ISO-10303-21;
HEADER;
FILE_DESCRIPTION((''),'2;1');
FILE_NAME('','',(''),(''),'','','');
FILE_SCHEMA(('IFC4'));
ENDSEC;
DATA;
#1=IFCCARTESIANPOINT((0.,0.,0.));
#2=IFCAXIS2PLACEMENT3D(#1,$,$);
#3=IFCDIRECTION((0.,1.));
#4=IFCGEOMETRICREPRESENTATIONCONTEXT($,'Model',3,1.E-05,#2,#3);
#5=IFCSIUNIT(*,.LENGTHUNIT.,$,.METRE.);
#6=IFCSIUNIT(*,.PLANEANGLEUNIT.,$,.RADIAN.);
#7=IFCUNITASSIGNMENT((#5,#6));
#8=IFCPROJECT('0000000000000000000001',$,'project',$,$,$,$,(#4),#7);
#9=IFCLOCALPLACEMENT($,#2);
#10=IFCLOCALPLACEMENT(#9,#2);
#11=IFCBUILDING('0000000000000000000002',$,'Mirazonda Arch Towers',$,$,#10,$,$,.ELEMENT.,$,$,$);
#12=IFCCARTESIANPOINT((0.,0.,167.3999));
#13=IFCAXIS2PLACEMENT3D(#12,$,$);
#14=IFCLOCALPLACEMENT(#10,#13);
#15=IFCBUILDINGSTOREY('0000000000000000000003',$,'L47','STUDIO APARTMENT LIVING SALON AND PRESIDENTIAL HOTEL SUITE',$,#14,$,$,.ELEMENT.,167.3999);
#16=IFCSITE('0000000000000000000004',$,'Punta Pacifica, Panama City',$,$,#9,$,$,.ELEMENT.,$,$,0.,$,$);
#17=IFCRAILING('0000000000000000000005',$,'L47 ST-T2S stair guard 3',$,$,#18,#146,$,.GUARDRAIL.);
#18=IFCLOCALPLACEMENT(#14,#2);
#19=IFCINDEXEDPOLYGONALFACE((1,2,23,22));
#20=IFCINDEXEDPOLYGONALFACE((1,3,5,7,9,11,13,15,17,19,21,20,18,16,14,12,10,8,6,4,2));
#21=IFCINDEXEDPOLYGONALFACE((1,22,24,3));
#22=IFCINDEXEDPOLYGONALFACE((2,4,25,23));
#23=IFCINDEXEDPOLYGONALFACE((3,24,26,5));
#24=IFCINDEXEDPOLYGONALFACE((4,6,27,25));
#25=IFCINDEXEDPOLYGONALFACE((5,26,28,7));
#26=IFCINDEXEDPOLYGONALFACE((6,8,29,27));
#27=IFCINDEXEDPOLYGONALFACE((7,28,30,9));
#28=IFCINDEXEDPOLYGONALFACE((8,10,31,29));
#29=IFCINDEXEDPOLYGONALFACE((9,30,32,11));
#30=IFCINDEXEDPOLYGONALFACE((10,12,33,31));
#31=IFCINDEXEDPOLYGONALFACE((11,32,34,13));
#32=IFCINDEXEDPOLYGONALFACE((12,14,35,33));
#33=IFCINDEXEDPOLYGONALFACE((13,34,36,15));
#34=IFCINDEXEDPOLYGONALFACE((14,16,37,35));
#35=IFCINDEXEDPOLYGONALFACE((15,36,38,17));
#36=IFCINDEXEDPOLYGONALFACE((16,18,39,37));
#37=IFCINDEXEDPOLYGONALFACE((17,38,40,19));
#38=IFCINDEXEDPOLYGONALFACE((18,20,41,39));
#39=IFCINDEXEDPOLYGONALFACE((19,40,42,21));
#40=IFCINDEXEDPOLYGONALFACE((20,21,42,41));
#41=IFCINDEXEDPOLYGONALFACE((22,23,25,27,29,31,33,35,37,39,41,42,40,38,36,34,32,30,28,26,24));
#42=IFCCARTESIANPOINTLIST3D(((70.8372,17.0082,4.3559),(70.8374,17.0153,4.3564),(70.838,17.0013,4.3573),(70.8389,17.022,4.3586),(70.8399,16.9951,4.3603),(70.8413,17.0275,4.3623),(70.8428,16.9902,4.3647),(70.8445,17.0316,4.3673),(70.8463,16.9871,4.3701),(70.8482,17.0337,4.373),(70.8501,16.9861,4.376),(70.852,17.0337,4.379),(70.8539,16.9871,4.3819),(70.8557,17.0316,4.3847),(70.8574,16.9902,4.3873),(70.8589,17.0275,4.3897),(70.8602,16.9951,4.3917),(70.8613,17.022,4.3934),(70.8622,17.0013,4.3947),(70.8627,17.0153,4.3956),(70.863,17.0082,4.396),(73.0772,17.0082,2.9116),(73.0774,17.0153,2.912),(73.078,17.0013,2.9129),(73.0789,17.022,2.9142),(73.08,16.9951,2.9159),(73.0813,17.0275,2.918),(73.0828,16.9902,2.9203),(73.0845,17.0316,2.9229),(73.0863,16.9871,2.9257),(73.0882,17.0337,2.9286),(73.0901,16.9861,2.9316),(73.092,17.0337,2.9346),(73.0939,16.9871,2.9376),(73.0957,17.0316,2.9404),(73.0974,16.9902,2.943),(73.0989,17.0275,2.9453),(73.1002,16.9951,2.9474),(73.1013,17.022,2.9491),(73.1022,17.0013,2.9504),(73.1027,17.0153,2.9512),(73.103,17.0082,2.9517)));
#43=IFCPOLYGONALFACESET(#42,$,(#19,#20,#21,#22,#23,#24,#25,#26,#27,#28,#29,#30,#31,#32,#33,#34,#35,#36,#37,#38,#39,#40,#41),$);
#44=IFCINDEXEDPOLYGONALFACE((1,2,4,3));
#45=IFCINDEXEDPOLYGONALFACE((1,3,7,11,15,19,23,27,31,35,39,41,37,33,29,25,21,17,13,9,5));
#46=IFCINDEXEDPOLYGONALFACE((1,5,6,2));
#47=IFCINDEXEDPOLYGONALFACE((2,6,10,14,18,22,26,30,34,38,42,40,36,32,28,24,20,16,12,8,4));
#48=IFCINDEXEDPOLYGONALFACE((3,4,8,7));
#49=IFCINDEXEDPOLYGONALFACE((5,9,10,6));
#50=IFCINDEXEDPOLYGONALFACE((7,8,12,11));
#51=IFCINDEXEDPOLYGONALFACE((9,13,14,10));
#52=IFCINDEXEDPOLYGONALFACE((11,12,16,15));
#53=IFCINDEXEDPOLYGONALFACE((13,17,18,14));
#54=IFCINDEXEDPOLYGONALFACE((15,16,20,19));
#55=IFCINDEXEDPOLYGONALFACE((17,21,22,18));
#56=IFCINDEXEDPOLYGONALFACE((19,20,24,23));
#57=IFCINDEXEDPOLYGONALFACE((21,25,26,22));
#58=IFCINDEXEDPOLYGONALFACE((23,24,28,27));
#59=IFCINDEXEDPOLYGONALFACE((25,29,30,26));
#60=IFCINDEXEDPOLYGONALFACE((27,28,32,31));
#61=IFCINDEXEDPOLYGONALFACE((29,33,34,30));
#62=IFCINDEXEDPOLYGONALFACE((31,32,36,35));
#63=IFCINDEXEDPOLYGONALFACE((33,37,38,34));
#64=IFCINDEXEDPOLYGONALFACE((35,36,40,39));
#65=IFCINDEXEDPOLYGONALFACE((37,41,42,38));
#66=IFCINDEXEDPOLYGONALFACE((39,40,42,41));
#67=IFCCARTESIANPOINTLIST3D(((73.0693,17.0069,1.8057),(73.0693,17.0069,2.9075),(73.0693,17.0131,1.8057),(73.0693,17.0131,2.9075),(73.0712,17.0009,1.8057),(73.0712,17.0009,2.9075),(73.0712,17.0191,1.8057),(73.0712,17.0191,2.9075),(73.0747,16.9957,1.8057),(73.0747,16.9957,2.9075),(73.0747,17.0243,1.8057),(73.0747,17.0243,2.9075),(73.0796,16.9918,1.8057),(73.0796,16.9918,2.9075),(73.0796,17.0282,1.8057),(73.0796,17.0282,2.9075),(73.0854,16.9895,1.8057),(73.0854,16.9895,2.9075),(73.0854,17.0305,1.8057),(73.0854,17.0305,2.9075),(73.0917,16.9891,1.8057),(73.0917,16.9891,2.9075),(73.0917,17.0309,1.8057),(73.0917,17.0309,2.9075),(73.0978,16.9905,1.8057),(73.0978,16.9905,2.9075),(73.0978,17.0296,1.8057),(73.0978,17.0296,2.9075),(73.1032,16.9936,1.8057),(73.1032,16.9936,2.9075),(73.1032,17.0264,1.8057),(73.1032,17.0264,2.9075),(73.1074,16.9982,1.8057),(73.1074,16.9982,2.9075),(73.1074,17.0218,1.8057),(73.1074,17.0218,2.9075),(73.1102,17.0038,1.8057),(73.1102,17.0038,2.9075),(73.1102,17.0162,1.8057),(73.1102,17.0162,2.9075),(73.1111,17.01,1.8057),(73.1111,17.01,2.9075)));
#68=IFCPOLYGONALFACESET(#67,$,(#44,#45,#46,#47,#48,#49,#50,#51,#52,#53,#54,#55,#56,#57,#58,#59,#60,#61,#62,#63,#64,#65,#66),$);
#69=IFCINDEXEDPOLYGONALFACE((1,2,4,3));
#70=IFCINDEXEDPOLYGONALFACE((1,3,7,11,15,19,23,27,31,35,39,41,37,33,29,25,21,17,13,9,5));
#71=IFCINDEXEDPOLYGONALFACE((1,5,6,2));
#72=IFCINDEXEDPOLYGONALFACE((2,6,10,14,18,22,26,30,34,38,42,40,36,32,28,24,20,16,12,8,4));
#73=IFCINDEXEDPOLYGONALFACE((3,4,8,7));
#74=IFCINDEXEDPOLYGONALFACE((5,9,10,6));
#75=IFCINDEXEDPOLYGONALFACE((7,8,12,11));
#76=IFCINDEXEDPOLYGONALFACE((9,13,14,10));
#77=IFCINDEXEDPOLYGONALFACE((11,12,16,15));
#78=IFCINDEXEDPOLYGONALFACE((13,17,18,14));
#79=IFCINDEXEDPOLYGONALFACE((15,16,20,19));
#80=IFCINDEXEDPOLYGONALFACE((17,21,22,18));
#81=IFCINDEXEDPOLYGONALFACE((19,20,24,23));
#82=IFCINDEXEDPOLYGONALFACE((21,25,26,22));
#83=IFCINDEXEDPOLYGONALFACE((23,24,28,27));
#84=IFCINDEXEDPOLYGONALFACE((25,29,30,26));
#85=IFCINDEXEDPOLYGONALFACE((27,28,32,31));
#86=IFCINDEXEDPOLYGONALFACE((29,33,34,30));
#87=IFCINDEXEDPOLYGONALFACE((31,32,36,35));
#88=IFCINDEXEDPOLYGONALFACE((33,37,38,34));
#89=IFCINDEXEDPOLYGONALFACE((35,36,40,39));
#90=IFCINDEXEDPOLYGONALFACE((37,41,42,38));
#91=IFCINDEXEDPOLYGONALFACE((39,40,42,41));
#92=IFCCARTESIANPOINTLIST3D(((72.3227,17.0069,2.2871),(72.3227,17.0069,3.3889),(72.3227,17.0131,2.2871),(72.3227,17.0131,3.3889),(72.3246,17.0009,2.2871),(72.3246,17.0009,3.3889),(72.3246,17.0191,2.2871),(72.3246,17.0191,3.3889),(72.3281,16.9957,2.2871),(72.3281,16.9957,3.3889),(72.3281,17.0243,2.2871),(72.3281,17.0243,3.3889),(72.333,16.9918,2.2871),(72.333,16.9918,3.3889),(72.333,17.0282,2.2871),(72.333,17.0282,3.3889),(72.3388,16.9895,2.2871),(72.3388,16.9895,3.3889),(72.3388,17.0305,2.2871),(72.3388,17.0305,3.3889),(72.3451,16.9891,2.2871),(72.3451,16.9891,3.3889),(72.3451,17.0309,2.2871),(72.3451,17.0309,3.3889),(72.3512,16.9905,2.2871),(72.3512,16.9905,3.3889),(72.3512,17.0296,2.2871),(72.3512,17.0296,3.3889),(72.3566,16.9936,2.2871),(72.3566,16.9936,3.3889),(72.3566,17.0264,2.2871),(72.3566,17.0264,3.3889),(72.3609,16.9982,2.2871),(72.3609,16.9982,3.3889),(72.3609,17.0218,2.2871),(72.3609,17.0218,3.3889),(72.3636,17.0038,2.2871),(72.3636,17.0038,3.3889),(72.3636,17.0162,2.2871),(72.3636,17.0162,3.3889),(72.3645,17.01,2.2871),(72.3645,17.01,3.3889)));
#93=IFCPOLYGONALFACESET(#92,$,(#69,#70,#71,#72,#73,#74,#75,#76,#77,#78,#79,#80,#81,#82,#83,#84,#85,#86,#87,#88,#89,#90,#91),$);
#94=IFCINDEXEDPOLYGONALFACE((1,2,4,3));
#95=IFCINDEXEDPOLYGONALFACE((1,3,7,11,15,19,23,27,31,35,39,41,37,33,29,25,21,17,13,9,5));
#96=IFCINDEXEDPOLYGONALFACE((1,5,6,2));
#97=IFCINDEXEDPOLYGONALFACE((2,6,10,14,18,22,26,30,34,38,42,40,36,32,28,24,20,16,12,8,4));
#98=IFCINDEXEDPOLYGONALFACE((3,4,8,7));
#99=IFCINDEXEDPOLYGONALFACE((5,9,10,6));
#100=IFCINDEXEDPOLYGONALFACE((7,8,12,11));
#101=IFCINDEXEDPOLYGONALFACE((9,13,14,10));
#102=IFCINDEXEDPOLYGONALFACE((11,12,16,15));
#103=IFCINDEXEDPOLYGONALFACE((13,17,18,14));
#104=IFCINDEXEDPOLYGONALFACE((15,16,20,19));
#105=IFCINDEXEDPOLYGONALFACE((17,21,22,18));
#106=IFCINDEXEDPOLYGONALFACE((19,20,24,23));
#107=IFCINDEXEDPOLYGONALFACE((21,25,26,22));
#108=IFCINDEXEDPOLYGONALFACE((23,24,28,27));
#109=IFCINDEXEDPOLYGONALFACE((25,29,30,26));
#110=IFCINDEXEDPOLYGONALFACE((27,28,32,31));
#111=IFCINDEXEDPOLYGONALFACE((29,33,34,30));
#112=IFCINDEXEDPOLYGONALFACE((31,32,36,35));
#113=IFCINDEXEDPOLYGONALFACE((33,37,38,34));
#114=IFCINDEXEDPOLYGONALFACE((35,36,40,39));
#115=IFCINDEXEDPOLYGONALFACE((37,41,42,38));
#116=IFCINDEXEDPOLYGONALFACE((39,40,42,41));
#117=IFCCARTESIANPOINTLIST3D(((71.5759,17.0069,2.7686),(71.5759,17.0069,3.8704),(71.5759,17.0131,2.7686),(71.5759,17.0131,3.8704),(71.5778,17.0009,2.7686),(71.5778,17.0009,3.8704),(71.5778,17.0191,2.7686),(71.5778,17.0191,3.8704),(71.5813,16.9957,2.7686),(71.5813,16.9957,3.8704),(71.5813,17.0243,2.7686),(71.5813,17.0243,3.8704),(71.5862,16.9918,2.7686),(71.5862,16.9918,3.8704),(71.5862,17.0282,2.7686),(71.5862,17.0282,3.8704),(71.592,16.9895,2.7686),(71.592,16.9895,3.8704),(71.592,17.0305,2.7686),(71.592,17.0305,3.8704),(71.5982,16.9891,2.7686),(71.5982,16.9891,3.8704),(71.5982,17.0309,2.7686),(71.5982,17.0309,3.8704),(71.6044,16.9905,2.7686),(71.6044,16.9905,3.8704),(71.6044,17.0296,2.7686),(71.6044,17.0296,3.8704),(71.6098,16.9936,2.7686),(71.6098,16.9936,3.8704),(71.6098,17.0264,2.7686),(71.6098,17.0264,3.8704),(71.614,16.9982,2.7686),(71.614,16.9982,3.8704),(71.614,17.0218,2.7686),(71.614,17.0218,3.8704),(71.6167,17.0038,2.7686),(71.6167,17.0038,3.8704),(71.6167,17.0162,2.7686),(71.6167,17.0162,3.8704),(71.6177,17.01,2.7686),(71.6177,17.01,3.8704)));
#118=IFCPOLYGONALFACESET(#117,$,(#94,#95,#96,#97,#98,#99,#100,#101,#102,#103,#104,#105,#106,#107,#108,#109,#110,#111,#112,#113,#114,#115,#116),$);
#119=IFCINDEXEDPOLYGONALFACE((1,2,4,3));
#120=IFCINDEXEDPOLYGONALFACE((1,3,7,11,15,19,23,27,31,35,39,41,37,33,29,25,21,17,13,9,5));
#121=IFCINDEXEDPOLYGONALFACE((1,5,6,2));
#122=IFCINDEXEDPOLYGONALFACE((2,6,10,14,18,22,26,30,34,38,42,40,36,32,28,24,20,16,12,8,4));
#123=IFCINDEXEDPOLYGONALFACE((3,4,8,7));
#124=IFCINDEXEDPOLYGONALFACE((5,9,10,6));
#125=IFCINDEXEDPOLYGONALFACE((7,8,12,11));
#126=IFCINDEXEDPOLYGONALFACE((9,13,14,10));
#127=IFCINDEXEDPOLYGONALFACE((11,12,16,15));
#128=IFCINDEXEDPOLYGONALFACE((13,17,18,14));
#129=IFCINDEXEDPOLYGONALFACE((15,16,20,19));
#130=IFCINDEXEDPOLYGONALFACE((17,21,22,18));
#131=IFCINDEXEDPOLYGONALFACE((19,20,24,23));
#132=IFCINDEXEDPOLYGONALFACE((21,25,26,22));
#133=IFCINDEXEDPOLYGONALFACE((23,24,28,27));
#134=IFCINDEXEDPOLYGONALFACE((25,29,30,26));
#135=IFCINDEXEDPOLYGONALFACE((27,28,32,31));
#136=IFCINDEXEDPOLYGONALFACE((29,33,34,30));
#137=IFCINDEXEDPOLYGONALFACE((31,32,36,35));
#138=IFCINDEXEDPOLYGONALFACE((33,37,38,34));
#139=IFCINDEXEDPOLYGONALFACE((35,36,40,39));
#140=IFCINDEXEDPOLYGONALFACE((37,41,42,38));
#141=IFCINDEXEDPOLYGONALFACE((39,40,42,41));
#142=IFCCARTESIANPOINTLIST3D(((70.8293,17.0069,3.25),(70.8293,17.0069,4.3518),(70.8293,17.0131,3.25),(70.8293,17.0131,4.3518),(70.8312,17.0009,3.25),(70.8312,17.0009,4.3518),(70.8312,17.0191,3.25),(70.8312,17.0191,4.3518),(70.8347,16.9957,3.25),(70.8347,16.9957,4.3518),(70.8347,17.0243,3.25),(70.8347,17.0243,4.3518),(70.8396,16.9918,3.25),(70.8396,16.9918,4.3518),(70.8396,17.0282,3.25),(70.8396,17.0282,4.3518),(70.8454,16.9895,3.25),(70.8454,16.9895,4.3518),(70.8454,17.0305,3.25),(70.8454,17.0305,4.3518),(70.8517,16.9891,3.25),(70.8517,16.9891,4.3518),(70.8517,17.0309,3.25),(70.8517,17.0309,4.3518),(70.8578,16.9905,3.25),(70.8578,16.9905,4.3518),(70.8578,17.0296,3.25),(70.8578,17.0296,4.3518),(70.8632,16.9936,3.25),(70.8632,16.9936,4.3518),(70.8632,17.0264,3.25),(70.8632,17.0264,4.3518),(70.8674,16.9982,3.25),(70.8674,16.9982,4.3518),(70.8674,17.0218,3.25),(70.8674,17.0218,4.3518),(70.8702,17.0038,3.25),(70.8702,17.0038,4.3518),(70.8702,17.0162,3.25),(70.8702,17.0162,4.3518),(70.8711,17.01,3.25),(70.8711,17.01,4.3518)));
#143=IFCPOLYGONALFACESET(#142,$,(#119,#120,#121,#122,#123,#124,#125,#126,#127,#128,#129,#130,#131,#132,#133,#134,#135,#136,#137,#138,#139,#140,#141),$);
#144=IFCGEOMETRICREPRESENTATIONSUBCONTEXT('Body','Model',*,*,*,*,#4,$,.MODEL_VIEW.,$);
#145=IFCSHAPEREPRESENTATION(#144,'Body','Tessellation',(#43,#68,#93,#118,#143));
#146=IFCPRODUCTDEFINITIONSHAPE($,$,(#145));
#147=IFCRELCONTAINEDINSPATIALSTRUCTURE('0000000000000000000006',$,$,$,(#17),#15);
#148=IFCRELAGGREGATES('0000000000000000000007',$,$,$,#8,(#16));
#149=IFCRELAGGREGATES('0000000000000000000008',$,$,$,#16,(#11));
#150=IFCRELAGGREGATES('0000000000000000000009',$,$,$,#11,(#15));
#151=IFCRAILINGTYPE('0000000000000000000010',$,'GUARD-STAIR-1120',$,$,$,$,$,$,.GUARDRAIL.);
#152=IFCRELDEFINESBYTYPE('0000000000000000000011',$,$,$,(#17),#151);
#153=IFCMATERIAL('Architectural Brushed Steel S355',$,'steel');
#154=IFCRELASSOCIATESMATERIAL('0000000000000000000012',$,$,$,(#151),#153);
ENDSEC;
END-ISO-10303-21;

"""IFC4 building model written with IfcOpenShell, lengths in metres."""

from ifc_helpers import new_model, si_unit, direction, frame, origin, origin_2d, place, context, subcontext, project, spatial, circle, extrude, material, type_object, element, save


model = new_model("IFC4")

# Units and contexts
model_context = context("Model", 3, precision=1e-05, world=origin(), true_north=direction((0.0, 1.0)))
body_context = subcontext(model_context, "Body", "Model", "MODEL_VIEW")
ifc_project = project(units=[si_unit("LENGTHUNIT", "METRE"), si_unit("PLANEANGLEUNIT", "RADIAN")], contexts=[model_context])

# Site, building, storey
site_placement = place(None, origin())
site = spatial("IfcSite", under=ifc_project, at=site_placement, Name="Punta Pacifica, Panama City", CompositionType="ELEMENT", RefElevation=0.0)
building_placement = place(site_placement, origin())
building = spatial("IfcBuilding", under=site, at=building_placement, Name="Mirazonda Arch Towers", CompositionType="ELEMENT")
storey_placement = place(building_placement, frame((0.0, 0.0, 167.3999)))
storey = spatial("IfcBuildingStorey", under=building, at=storey_placement, Name="L47", Description="STUDIO APARTMENT LIVING SALON AND PRESIDENTIAL HOTEL SUITE", CompositionType="ELEMENT", Elevation=167.3999)

# Shared definitions
ifc_material_1 = material(Name="Architectural Brushed Steel S355", Category="steel")

# Railing
railing_type_1 = type_object("IfcRailingType", Name="GUARD-STAIR-1120", PredefinedType="GUARDRAIL", material=ifc_material_1)
railing_1_placement = place(storey_placement, frame((73.0901, 17.01, 1.8057)))
element("IfcRailing", 1, at=railing_1_placement, inside=storey, type_object=railing_type_1, Name="L47 ST-T2S stair guard 3", PredefinedType="GUARDRAIL", context=body_context, shape_type="SweptSolid", body=[
    extrude(circle(Radius=0.0239, at=origin_2d()), frame((0.0, 0.0, 1.126), z_axis=(-0.840437, 0.0, 0.54191), x_axis=(0.0, -1.0, 0.0)), (0.0, 0.0, 1.0), 2.6653),
    extrude(circle(Radius=0.021, at=origin_2d()), origin(), (0.0, 0.0, 1.0), 1.1018),
    extrude(circle(Radius=0.021, at=origin_2d()), frame((-0.7466, 0.0, 0.4814)), (0.0, 0.0, 1.0), 1.1018),
    extrude(circle(Radius=0.021, at=origin_2d()), frame((-1.4934, 0.0, 0.9629)), (0.0, 0.0, 1.0), 1.1018),
    extrude(circle(Radius=0.021, at=origin_2d()), frame((-2.24, 0.0, 1.4443)), (0.0, 0.0, 1.0), 1.1018),
])

save(model, "model.ifc")
